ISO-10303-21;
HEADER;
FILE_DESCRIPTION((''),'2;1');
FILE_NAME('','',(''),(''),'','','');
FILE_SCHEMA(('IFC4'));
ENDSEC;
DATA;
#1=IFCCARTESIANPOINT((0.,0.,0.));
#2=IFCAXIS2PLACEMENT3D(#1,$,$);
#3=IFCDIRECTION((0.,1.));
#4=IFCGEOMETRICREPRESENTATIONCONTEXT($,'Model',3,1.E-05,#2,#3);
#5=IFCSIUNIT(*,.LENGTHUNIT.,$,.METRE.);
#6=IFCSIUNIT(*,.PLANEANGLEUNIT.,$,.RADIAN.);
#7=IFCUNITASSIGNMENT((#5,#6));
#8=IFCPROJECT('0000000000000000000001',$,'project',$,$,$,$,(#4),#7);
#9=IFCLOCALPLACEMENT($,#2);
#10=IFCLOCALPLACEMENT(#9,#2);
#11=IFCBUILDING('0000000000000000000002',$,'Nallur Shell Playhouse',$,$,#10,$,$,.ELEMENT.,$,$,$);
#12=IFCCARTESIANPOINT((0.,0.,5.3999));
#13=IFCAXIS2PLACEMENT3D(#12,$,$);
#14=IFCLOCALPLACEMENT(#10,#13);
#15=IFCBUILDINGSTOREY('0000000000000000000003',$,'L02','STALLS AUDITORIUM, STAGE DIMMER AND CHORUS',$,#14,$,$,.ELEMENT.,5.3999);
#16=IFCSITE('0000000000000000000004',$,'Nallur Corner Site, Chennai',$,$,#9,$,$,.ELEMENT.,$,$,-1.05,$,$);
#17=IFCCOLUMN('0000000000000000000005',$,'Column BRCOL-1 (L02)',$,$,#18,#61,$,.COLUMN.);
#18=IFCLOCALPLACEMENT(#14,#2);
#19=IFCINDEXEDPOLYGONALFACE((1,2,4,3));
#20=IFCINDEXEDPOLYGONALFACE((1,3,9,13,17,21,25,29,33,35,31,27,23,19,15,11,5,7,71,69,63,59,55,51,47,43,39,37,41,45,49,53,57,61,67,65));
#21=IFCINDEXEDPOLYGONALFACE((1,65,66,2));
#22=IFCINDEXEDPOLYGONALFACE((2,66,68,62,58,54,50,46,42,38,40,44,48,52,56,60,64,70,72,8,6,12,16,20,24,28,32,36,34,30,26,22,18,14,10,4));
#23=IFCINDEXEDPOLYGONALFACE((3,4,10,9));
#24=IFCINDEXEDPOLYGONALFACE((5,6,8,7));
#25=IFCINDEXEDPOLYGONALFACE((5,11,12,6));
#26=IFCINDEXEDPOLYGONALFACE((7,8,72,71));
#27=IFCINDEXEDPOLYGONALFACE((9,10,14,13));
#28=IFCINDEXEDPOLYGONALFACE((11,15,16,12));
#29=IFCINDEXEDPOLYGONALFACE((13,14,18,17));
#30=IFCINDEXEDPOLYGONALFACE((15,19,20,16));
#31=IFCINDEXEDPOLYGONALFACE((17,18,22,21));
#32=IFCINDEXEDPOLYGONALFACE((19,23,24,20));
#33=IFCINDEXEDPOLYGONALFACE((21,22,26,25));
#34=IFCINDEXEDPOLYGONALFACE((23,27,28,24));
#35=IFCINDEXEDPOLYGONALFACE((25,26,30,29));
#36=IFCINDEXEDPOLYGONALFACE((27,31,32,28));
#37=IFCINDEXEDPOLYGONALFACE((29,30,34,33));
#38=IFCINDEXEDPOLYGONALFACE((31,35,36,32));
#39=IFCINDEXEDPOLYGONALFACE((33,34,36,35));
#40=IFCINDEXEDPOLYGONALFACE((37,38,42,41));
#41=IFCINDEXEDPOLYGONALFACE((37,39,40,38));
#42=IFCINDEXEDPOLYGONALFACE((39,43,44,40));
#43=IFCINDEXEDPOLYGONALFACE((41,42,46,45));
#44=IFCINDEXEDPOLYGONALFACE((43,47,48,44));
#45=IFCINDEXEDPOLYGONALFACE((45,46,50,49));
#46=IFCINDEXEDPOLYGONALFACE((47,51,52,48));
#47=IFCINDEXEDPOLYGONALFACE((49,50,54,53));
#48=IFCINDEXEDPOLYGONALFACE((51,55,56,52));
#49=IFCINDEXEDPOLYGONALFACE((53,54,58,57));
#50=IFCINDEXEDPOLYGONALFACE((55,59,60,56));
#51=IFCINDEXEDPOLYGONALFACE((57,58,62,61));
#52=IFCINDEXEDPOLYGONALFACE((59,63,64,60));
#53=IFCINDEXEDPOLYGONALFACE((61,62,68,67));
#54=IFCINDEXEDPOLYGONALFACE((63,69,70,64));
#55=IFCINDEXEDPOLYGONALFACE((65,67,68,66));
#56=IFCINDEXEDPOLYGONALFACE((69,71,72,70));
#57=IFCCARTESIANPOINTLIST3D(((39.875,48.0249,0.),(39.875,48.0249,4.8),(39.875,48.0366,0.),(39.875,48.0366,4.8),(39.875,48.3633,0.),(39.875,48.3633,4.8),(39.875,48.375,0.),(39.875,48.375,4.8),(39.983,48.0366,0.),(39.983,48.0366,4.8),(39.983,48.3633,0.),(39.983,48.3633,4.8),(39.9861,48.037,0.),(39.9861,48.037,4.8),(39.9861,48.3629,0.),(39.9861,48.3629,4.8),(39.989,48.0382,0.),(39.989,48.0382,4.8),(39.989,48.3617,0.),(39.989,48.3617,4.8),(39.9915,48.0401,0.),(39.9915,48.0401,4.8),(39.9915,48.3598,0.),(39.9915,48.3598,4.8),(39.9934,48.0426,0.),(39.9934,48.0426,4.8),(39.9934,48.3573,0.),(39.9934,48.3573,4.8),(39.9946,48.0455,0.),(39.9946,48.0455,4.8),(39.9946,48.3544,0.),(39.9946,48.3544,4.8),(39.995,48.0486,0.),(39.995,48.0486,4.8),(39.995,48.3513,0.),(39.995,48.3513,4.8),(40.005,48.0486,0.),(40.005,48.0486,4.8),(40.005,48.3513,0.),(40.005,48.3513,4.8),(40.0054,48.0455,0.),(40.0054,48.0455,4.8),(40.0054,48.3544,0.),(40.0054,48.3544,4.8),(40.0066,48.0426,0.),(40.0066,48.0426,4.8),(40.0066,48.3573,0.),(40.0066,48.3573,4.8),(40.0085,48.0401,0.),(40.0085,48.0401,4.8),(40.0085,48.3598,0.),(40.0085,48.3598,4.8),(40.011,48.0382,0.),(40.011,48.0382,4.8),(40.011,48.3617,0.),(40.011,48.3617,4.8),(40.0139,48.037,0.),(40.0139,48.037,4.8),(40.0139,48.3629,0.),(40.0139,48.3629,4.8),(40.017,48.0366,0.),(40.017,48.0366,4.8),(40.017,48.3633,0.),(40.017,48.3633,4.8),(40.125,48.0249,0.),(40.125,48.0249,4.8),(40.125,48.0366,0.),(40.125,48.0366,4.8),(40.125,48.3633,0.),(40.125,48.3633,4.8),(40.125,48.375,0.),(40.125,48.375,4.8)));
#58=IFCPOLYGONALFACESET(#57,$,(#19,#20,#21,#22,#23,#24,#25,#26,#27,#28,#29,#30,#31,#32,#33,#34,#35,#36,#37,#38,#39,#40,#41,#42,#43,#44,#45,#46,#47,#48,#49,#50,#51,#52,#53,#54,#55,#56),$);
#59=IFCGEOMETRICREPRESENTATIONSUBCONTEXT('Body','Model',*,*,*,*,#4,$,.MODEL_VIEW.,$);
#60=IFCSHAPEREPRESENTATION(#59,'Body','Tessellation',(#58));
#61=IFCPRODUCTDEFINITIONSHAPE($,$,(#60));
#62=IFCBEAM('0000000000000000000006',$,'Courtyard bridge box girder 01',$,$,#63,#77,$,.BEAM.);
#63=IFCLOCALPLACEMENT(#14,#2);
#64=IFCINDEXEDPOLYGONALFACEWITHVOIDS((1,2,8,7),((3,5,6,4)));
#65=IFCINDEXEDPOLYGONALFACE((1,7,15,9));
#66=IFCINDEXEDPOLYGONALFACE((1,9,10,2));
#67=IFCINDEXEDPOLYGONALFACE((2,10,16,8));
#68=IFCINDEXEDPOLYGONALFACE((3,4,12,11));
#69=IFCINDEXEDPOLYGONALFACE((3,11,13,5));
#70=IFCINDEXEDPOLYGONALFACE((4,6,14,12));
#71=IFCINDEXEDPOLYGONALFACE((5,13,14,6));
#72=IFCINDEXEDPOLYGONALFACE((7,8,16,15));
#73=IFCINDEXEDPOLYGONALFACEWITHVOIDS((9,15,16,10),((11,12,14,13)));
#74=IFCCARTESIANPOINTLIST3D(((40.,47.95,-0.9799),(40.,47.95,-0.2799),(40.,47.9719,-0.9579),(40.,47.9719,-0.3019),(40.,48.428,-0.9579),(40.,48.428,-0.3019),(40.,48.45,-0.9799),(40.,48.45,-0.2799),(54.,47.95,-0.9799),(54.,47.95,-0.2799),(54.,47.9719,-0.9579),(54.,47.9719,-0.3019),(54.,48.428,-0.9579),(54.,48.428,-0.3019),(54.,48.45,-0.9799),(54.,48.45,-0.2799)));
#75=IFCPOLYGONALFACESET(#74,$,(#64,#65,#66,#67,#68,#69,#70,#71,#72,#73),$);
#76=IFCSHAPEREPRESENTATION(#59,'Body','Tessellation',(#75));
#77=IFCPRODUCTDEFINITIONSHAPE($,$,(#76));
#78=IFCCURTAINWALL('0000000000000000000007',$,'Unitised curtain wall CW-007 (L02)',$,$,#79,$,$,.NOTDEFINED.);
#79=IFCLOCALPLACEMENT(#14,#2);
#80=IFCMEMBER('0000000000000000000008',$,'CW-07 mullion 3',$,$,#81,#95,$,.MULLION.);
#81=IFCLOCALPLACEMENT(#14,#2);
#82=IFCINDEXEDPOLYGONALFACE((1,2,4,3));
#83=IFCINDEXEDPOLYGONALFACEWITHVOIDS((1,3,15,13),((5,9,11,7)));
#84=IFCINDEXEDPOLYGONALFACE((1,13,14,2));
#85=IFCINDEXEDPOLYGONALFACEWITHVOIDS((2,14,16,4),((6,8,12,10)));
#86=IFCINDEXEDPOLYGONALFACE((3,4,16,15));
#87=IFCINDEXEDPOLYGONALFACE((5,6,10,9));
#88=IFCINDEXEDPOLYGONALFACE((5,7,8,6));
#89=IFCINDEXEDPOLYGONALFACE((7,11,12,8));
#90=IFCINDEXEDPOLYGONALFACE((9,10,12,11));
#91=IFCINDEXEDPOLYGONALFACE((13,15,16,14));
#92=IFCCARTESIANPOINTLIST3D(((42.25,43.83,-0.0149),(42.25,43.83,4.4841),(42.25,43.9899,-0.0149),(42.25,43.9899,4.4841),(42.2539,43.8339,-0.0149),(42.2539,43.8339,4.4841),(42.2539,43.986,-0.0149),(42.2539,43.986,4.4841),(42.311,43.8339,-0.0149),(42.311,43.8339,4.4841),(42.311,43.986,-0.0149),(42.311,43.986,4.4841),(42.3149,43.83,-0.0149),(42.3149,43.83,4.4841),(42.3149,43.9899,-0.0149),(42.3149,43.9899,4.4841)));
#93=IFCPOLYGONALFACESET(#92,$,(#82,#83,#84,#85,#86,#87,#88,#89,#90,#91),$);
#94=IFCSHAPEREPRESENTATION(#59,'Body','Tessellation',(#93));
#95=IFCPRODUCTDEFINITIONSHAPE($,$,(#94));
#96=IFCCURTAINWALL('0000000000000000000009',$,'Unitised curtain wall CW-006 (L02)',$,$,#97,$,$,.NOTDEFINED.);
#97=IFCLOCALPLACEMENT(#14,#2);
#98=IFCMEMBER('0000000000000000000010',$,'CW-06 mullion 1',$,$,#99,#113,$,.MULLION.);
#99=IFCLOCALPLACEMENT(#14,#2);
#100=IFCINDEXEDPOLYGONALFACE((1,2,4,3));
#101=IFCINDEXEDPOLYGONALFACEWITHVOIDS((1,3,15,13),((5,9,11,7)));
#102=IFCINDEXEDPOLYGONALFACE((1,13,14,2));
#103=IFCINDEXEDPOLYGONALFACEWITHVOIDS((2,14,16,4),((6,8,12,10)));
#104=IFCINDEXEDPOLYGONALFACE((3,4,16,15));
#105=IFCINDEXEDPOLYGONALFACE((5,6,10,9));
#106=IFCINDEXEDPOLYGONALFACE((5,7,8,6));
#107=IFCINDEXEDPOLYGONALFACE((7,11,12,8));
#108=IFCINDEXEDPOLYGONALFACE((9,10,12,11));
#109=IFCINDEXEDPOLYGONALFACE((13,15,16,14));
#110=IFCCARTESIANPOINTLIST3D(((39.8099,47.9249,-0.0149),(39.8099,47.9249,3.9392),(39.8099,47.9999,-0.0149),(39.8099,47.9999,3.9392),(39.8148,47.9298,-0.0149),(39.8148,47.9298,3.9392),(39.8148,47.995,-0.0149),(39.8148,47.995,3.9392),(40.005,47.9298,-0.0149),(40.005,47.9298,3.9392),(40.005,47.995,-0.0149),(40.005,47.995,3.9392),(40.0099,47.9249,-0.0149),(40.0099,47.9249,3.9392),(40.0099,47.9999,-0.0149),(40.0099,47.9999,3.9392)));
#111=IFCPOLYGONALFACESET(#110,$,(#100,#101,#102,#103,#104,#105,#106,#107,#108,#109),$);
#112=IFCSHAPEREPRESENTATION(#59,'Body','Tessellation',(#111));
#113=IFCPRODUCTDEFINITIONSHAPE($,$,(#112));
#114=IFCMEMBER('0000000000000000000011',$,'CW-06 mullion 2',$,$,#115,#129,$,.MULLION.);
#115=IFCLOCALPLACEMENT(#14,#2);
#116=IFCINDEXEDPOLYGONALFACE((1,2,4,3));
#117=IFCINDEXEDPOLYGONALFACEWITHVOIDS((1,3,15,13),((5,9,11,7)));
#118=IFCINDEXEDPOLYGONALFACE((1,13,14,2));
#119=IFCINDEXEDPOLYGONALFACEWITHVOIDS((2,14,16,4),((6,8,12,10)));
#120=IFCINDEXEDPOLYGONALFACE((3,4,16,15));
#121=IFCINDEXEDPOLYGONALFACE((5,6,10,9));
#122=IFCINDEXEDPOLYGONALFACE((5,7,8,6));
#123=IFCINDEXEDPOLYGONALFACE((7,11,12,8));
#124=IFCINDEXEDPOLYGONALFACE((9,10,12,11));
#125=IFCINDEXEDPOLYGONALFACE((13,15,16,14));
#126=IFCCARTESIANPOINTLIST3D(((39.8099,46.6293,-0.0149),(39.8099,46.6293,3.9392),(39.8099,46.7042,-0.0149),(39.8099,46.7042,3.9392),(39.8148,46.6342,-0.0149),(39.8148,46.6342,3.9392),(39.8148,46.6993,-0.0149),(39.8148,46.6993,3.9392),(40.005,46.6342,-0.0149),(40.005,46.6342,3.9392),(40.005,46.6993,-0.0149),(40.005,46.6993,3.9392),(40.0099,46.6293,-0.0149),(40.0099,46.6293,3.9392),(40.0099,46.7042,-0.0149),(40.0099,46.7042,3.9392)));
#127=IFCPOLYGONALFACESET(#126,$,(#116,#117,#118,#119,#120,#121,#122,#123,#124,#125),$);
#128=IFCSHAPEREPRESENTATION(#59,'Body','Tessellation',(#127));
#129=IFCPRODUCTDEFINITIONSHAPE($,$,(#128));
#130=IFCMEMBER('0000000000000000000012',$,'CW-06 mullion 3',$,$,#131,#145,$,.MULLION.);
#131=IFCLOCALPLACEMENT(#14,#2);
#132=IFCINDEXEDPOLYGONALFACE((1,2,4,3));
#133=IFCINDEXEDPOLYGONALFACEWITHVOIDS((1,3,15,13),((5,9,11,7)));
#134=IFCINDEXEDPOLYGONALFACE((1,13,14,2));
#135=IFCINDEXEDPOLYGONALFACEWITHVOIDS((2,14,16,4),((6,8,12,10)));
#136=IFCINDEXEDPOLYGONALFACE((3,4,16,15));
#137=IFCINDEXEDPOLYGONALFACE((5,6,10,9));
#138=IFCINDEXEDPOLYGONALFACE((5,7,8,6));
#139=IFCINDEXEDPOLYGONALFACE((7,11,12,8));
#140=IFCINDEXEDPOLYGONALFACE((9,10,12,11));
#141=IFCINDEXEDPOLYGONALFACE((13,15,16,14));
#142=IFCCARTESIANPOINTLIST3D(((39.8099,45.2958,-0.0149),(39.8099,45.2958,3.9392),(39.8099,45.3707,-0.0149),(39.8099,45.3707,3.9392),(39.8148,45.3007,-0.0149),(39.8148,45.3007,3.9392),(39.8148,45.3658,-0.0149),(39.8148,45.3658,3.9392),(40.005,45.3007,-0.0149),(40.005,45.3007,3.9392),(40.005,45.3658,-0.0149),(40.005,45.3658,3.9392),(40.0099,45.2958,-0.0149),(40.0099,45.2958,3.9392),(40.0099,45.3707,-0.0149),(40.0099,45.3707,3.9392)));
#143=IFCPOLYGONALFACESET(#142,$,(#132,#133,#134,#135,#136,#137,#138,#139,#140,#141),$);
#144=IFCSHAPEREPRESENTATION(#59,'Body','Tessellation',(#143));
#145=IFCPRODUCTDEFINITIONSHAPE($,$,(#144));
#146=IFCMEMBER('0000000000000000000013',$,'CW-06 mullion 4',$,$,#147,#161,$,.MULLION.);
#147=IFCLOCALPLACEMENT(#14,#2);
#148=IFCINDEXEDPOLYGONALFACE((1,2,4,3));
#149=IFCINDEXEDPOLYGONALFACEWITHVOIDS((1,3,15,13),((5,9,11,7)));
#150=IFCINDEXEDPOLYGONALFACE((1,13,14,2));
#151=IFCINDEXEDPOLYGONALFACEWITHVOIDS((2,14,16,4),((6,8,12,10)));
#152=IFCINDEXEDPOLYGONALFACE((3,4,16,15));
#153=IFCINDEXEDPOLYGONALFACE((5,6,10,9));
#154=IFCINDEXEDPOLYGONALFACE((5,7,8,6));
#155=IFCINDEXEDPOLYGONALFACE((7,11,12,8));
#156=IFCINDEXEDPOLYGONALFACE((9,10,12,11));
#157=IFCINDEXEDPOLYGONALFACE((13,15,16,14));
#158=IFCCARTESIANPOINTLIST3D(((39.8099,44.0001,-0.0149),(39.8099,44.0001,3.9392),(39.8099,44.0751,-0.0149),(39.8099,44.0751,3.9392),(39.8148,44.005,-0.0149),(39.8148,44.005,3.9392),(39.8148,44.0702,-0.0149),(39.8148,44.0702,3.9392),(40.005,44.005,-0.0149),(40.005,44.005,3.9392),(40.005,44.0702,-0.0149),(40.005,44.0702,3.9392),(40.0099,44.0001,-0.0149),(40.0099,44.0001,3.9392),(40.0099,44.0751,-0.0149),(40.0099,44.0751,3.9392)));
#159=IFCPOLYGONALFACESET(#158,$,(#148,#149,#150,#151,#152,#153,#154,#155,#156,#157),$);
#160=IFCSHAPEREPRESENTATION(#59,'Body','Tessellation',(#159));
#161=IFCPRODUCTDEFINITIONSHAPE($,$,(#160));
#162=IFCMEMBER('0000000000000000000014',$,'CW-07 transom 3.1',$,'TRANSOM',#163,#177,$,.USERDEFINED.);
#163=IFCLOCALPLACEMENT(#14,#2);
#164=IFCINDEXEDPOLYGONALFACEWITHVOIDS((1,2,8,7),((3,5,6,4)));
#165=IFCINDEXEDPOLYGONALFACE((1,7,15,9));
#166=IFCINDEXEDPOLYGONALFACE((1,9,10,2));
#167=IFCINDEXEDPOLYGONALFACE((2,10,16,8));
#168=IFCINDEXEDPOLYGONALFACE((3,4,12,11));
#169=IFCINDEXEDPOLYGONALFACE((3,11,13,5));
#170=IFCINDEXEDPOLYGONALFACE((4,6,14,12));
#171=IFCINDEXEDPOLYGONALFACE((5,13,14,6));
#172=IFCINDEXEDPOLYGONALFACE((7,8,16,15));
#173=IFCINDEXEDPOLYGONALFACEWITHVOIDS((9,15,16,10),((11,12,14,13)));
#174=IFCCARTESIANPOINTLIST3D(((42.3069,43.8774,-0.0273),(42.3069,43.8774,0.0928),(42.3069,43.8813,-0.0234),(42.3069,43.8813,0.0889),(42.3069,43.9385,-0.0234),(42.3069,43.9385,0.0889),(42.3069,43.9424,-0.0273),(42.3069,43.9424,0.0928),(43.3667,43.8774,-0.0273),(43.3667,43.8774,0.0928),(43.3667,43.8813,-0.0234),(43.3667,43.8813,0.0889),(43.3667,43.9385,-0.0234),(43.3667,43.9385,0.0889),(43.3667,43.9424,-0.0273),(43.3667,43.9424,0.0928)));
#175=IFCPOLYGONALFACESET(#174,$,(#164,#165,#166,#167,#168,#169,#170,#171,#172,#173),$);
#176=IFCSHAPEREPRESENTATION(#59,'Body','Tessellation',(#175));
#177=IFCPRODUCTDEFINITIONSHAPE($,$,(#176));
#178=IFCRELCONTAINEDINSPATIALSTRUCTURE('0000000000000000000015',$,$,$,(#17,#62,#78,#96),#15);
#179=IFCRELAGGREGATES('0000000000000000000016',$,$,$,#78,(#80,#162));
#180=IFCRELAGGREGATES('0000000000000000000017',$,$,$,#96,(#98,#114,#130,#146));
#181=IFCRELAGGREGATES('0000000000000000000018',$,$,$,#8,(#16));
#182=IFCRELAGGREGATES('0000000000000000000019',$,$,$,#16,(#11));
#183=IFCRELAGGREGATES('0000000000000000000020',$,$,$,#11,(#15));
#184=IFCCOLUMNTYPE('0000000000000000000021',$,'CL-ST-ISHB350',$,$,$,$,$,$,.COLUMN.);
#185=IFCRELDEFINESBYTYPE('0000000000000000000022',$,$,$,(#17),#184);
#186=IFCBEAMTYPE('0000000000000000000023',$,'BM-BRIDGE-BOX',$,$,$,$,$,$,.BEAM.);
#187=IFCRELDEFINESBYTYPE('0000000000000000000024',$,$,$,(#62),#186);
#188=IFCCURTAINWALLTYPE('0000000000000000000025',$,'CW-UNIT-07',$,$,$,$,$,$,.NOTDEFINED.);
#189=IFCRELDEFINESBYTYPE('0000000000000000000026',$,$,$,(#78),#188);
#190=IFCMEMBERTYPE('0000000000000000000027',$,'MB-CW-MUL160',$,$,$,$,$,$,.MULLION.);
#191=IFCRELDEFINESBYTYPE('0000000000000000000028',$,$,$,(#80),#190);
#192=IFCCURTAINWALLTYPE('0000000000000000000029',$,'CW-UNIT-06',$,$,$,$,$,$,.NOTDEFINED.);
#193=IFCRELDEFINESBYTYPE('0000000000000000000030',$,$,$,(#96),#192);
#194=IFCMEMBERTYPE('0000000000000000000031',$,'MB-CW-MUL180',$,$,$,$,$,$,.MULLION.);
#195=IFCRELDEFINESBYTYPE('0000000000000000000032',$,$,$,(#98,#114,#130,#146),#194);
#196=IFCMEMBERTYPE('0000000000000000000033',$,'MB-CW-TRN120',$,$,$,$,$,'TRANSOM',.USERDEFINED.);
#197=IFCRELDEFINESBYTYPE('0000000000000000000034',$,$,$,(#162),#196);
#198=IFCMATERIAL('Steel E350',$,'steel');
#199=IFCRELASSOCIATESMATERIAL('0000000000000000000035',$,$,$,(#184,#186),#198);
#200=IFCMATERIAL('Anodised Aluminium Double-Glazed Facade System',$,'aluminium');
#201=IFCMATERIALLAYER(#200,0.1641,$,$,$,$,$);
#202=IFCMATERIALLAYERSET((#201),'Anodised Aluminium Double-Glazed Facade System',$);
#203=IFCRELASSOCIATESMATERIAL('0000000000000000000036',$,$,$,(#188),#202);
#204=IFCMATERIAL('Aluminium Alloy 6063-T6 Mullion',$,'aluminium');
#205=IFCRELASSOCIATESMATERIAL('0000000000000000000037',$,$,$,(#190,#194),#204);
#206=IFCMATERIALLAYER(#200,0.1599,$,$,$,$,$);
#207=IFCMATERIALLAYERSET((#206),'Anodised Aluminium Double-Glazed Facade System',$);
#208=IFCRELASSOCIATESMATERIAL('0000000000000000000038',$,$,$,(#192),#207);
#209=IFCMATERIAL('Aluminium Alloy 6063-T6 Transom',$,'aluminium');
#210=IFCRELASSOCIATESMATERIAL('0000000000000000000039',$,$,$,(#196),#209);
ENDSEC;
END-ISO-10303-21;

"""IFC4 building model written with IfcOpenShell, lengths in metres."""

from ifc_helpers import new_model, si_unit, direction, frame, origin, origin_2d, place, context, subcontext, project, spatial, hollow_rectangle, i_section, extrude, material, layer, layer_set, material_profile, profile_set, type_object, element, aggregate, save


model = new_model("IFC4")

# Units and contexts
model_context = context("Model", 3, precision=1e-05, world=origin(), true_north=direction((0.0, 1.0)))
body_context = subcontext(model_context, "Body", "Model", "MODEL_VIEW")
ifc_project = project(units=[si_unit("LENGTHUNIT", "METRE"), si_unit("PLANEANGLEUNIT", "RADIAN")], contexts=[model_context])

# Site, building, storey
site_placement = place(None, origin())
site = spatial("IfcSite", under=ifc_project, at=site_placement, Name="Nallur Corner Site, Chennai", CompositionType="ELEMENT", RefElevation=-1.05)
building_placement = place(site_placement, origin())
building = spatial("IfcBuilding", under=site, at=building_placement, Name="Nallur Shell Playhouse", CompositionType="ELEMENT")
storey_placement = place(building_placement, frame((0.0, 0.0, 5.3999)))
storey = spatial("IfcBuildingStorey", under=building, at=storey_placement, Name="L02", Description="STALLS AUDITORIUM, STAGE DIMMER AND CHORUS", CompositionType="ELEMENT", Elevation=5.3999)

# Column
ifc_material_1 = material(Name="Steel E350", Category="steel")
ifc_material_profile_1 = material_profile(ifc_material_1, i_section(OverallWidth=0.25, OverallDepth=0.3501, WebThickness=0.01, FlangeThickness=0.0117, FilletRadius=0.012, at=origin_2d()), Name="ISHB 350")
ifc_profile_set_1 = profile_set([ifc_material_profile_1], Name="Steel E350")
column_type = type_object("IfcColumnType", Name="CL-ST-ISHB350", PredefinedType="COLUMN", material=ifc_profile_set_1)
column_placement = place(storey_placement, frame((40.0, 48.2, 0.0), z_axis=(0.0, 0.0, 1.0), x_axis=(1.0, 0.0, 0.0)))
element("IfcColumn", 1, at=column_placement, inside=storey, type_object=column_type, Name="Column BRCOL-1 (L02)", PredefinedType="COLUMN", context=body_context, shape_type="SweptSolid", body=[
    extrude(i_section(OverallWidth=0.25, OverallDepth=0.3501, WebThickness=0.01, FlangeThickness=0.0117, FilletRadius=0.012, at=origin_2d()), origin(), (0.0, 0.0, 1.0), 4.8),
])

# Beam
ifc_material_profile_2 = material_profile(ifc_material_1, hollow_rectangle(XDim=0.5, YDim=0.7, WallThickness=0.022, at=origin_2d()), Name="BOX 500x700x22")
ifc_profile_set_2 = profile_set([ifc_material_profile_2], Name="Steel E350")
beam_type = type_object("IfcBeamType", Name="BM-BRIDGE-BOX", PredefinedType="BEAM", material=ifc_profile_set_2)
beam_placement = place(storey_placement, frame((40.0, 48.2, -0.6299), z_axis=(1.0, 0.0, 0.0), x_axis=(0.0, 1.0, 0.0)))
element("IfcBeam", 2, at=beam_placement, inside=storey, type_object=beam_type, Name="Courtyard bridge box girder 01", PredefinedType="BEAM", context=body_context, shape_type="SweptSolid", body=[
    extrude(hollow_rectangle(XDim=0.5, YDim=0.7, WallThickness=0.022, at=origin_2d()), origin(), (0.0, 0.0, 1.0), 14.0),
])

# Curtain wall, member
ifc_material_2 = material(Name="Anodised Aluminium Double-Glazed Facade System", Category="aluminium")
ifc_layer_1 = layer(ifc_material_2, 0.1641)
ifc_layer_set_1 = layer_set([ifc_layer_1], Name="Anodised Aluminium Double-Glazed Facade System")
curtain_wall_type_1 = type_object("IfcCurtainWallType", Name="CW-UNIT-07", PredefinedType="NOTDEFINED", material=ifc_layer_set_1)
curtain_wall_1_placement = place(storey_placement, origin())
curtain_wall_1 = element("IfcCurtainWall", 3, at=curtain_wall_1_placement, inside=storey, type_object=curtain_wall_type_1, Name="Unitised curtain wall CW-007 (L02)", PredefinedType="NOTDEFINED")
ifc_material_3 = material(Name="Aluminium Alloy 6063-T6 Mullion", Category="aluminium")
ifc_material_profile_3 = material_profile(ifc_material_3, hollow_rectangle(XDim=0.0649, YDim=0.1599, WallThickness=0.0039, at=origin_2d()), Name="ALU 65x160x4")
ifc_profile_set_3 = profile_set([ifc_material_profile_3], Name="Aluminium Alloy 6063-T6 Mullion")
member_type_1 = type_object("IfcMemberType", Name="MB-CW-MUL160", PredefinedType="MULLION", material=ifc_profile_set_3)
member_1_placement = place(storey_placement, frame((42.2825, 43.9099, -0.0149), z_axis=(0.0, 0.0, 1.0), x_axis=(1.0, 0.0, 0.0)))
member_1 = element("IfcMember", 4, at=member_1_placement, type_object=member_type_1, Name="CW-07 mullion 3", PredefinedType="MULLION", context=body_context, shape_type="SweptSolid", body=[
    extrude(hollow_rectangle(XDim=0.0649, YDim=0.1599, WallThickness=0.0039, at=origin_2d()), origin(), (0.0, 0.0, 1.0), 4.499),
])

# Curtain wall, members
ifc_layer_2 = layer(ifc_material_2, 0.1599)
ifc_layer_set_2 = layer_set([ifc_layer_2], Name="Anodised Aluminium Double-Glazed Facade System")
curtain_wall_type_2 = type_object("IfcCurtainWallType", Name="CW-UNIT-06", PredefinedType="NOTDEFINED", material=ifc_layer_set_2)
curtain_wall_2_placement = place(storey_placement, origin())
curtain_wall_2 = element("IfcCurtainWall", 5, at=curtain_wall_2_placement, inside=storey, type_object=curtain_wall_type_2, Name="Unitised curtain wall CW-006 (L02)", PredefinedType="NOTDEFINED")
ifc_material_profile_4 = material_profile(ifc_material_3, hollow_rectangle(XDim=0.075, YDim=0.2, WallThickness=0.0049, at=origin_2d()), Name="ALU 75x200x5")
ifc_profile_set_4 = profile_set([ifc_material_profile_4], Name="Aluminium Alloy 6063-T6 Mullion")
member_type_2 = type_object("IfcMemberType", Name="MB-CW-MUL180", PredefinedType="MULLION", material=ifc_profile_set_4)
member_2_placement = place(storey_placement, frame((39.9099, 47.9624, -0.0149), z_axis=(0.0, 0.0, 1.0), x_axis=(0.0, -1.0, 0.0)))
member_2 = element("IfcMember", 6, at=member_2_placement, type_object=member_type_2, Name="CW-06 mullion 1", PredefinedType="MULLION", context=body_context, shape_type="SweptSolid", body=[
    extrude(hollow_rectangle(XDim=0.075, YDim=0.2, WallThickness=0.0049, at=origin_2d()), origin(), (0.0, 0.0, 1.0), 3.9541),
])
member_3_placement = place(storey_placement, frame((39.9099, 46.6667, -0.0149), z_axis=(0.0, 0.0, 1.0), x_axis=(0.0, -1.0, 0.0)))
member_3 = element("IfcMember", 7, at=member_3_placement, type_object=member_type_2, Name="CW-06 mullion 2", PredefinedType="MULLION", context=body_context, shape_type="SweptSolid", body=[
    extrude(hollow_rectangle(XDim=0.075, YDim=0.2, WallThickness=0.0049, at=origin_2d()), origin(), (0.0, 0.0, 1.0), 3.9541),
])
member_4_placement = place(storey_placement, frame((39.9099, 45.3333, -0.0149), z_axis=(0.0, 0.0, 1.0), x_axis=(0.0, -1.0, 0.0)))
member_4 = element("IfcMember", 8, at=member_4_placement, type_object=member_type_2, Name="CW-06 mullion 3", PredefinedType="MULLION", context=body_context, shape_type="SweptSolid", body=[
    extrude(hollow_rectangle(XDim=0.075, YDim=0.2, WallThickness=0.0049, at=origin_2d()), origin(), (0.0, 0.0, 1.0), 3.9541),
])
member_5_placement = place(storey_placement, frame((39.9099, 44.0376, -0.0149), z_axis=(0.0, 0.0, 1.0), x_axis=(0.0, -1.0, 0.0)))
member_5 = element("IfcMember", 9, at=member_5_placement, type_object=member_type_2, Name="CW-06 mullion 4", PredefinedType="MULLION", context=body_context, shape_type="SweptSolid", body=[
    extrude(hollow_rectangle(XDim=0.075, YDim=0.2, WallThickness=0.0049, at=origin_2d()), origin(), (0.0, 0.0, 1.0), 3.9541),
])

# Member
ifc_material_4 = material(Name="Aluminium Alloy 6063-T6 Transom", Category="aluminium")
ifc_material_profile_5 = material_profile(ifc_material_4, hollow_rectangle(XDim=0.0649, YDim=0.1201, WallThickness=0.0039, at=origin_2d()), Name="ALU 65x120x4")
ifc_profile_set_5 = profile_set([ifc_material_profile_5], Name="Aluminium Alloy 6063-T6 Transom")
member_type_3 = type_object("IfcMemberType", Name="MB-CW-TRN120", ElementType="TRANSOM", PredefinedType="USERDEFINED", material=ifc_profile_set_5)
member_6_placement = place(storey_placement, frame((42.3069, 43.9099, 0.0327), z_axis=(1.0, 0.0, 0.0), x_axis=(0.0, 1.0, 0.0)))
member_6 = element("IfcMember", 10, at=member_6_placement, type_object=member_type_3, Name="CW-07 transom 3.1", ObjectType="TRANSOM", PredefinedType="USERDEFINED", context=body_context, shape_type="SweptSolid", body=[
    extrude(hollow_rectangle(XDim=0.0649, YDim=0.1201, WallThickness=0.0039, at=origin_2d()), origin(), (0.0, 0.0, 1.0), 1.0598),
])
aggregate(curtain_wall_1, [member_1, member_6])

aggregate(curtain_wall_2, [member_2, member_3, member_4, member_5])

save(model, "model.ifc")
